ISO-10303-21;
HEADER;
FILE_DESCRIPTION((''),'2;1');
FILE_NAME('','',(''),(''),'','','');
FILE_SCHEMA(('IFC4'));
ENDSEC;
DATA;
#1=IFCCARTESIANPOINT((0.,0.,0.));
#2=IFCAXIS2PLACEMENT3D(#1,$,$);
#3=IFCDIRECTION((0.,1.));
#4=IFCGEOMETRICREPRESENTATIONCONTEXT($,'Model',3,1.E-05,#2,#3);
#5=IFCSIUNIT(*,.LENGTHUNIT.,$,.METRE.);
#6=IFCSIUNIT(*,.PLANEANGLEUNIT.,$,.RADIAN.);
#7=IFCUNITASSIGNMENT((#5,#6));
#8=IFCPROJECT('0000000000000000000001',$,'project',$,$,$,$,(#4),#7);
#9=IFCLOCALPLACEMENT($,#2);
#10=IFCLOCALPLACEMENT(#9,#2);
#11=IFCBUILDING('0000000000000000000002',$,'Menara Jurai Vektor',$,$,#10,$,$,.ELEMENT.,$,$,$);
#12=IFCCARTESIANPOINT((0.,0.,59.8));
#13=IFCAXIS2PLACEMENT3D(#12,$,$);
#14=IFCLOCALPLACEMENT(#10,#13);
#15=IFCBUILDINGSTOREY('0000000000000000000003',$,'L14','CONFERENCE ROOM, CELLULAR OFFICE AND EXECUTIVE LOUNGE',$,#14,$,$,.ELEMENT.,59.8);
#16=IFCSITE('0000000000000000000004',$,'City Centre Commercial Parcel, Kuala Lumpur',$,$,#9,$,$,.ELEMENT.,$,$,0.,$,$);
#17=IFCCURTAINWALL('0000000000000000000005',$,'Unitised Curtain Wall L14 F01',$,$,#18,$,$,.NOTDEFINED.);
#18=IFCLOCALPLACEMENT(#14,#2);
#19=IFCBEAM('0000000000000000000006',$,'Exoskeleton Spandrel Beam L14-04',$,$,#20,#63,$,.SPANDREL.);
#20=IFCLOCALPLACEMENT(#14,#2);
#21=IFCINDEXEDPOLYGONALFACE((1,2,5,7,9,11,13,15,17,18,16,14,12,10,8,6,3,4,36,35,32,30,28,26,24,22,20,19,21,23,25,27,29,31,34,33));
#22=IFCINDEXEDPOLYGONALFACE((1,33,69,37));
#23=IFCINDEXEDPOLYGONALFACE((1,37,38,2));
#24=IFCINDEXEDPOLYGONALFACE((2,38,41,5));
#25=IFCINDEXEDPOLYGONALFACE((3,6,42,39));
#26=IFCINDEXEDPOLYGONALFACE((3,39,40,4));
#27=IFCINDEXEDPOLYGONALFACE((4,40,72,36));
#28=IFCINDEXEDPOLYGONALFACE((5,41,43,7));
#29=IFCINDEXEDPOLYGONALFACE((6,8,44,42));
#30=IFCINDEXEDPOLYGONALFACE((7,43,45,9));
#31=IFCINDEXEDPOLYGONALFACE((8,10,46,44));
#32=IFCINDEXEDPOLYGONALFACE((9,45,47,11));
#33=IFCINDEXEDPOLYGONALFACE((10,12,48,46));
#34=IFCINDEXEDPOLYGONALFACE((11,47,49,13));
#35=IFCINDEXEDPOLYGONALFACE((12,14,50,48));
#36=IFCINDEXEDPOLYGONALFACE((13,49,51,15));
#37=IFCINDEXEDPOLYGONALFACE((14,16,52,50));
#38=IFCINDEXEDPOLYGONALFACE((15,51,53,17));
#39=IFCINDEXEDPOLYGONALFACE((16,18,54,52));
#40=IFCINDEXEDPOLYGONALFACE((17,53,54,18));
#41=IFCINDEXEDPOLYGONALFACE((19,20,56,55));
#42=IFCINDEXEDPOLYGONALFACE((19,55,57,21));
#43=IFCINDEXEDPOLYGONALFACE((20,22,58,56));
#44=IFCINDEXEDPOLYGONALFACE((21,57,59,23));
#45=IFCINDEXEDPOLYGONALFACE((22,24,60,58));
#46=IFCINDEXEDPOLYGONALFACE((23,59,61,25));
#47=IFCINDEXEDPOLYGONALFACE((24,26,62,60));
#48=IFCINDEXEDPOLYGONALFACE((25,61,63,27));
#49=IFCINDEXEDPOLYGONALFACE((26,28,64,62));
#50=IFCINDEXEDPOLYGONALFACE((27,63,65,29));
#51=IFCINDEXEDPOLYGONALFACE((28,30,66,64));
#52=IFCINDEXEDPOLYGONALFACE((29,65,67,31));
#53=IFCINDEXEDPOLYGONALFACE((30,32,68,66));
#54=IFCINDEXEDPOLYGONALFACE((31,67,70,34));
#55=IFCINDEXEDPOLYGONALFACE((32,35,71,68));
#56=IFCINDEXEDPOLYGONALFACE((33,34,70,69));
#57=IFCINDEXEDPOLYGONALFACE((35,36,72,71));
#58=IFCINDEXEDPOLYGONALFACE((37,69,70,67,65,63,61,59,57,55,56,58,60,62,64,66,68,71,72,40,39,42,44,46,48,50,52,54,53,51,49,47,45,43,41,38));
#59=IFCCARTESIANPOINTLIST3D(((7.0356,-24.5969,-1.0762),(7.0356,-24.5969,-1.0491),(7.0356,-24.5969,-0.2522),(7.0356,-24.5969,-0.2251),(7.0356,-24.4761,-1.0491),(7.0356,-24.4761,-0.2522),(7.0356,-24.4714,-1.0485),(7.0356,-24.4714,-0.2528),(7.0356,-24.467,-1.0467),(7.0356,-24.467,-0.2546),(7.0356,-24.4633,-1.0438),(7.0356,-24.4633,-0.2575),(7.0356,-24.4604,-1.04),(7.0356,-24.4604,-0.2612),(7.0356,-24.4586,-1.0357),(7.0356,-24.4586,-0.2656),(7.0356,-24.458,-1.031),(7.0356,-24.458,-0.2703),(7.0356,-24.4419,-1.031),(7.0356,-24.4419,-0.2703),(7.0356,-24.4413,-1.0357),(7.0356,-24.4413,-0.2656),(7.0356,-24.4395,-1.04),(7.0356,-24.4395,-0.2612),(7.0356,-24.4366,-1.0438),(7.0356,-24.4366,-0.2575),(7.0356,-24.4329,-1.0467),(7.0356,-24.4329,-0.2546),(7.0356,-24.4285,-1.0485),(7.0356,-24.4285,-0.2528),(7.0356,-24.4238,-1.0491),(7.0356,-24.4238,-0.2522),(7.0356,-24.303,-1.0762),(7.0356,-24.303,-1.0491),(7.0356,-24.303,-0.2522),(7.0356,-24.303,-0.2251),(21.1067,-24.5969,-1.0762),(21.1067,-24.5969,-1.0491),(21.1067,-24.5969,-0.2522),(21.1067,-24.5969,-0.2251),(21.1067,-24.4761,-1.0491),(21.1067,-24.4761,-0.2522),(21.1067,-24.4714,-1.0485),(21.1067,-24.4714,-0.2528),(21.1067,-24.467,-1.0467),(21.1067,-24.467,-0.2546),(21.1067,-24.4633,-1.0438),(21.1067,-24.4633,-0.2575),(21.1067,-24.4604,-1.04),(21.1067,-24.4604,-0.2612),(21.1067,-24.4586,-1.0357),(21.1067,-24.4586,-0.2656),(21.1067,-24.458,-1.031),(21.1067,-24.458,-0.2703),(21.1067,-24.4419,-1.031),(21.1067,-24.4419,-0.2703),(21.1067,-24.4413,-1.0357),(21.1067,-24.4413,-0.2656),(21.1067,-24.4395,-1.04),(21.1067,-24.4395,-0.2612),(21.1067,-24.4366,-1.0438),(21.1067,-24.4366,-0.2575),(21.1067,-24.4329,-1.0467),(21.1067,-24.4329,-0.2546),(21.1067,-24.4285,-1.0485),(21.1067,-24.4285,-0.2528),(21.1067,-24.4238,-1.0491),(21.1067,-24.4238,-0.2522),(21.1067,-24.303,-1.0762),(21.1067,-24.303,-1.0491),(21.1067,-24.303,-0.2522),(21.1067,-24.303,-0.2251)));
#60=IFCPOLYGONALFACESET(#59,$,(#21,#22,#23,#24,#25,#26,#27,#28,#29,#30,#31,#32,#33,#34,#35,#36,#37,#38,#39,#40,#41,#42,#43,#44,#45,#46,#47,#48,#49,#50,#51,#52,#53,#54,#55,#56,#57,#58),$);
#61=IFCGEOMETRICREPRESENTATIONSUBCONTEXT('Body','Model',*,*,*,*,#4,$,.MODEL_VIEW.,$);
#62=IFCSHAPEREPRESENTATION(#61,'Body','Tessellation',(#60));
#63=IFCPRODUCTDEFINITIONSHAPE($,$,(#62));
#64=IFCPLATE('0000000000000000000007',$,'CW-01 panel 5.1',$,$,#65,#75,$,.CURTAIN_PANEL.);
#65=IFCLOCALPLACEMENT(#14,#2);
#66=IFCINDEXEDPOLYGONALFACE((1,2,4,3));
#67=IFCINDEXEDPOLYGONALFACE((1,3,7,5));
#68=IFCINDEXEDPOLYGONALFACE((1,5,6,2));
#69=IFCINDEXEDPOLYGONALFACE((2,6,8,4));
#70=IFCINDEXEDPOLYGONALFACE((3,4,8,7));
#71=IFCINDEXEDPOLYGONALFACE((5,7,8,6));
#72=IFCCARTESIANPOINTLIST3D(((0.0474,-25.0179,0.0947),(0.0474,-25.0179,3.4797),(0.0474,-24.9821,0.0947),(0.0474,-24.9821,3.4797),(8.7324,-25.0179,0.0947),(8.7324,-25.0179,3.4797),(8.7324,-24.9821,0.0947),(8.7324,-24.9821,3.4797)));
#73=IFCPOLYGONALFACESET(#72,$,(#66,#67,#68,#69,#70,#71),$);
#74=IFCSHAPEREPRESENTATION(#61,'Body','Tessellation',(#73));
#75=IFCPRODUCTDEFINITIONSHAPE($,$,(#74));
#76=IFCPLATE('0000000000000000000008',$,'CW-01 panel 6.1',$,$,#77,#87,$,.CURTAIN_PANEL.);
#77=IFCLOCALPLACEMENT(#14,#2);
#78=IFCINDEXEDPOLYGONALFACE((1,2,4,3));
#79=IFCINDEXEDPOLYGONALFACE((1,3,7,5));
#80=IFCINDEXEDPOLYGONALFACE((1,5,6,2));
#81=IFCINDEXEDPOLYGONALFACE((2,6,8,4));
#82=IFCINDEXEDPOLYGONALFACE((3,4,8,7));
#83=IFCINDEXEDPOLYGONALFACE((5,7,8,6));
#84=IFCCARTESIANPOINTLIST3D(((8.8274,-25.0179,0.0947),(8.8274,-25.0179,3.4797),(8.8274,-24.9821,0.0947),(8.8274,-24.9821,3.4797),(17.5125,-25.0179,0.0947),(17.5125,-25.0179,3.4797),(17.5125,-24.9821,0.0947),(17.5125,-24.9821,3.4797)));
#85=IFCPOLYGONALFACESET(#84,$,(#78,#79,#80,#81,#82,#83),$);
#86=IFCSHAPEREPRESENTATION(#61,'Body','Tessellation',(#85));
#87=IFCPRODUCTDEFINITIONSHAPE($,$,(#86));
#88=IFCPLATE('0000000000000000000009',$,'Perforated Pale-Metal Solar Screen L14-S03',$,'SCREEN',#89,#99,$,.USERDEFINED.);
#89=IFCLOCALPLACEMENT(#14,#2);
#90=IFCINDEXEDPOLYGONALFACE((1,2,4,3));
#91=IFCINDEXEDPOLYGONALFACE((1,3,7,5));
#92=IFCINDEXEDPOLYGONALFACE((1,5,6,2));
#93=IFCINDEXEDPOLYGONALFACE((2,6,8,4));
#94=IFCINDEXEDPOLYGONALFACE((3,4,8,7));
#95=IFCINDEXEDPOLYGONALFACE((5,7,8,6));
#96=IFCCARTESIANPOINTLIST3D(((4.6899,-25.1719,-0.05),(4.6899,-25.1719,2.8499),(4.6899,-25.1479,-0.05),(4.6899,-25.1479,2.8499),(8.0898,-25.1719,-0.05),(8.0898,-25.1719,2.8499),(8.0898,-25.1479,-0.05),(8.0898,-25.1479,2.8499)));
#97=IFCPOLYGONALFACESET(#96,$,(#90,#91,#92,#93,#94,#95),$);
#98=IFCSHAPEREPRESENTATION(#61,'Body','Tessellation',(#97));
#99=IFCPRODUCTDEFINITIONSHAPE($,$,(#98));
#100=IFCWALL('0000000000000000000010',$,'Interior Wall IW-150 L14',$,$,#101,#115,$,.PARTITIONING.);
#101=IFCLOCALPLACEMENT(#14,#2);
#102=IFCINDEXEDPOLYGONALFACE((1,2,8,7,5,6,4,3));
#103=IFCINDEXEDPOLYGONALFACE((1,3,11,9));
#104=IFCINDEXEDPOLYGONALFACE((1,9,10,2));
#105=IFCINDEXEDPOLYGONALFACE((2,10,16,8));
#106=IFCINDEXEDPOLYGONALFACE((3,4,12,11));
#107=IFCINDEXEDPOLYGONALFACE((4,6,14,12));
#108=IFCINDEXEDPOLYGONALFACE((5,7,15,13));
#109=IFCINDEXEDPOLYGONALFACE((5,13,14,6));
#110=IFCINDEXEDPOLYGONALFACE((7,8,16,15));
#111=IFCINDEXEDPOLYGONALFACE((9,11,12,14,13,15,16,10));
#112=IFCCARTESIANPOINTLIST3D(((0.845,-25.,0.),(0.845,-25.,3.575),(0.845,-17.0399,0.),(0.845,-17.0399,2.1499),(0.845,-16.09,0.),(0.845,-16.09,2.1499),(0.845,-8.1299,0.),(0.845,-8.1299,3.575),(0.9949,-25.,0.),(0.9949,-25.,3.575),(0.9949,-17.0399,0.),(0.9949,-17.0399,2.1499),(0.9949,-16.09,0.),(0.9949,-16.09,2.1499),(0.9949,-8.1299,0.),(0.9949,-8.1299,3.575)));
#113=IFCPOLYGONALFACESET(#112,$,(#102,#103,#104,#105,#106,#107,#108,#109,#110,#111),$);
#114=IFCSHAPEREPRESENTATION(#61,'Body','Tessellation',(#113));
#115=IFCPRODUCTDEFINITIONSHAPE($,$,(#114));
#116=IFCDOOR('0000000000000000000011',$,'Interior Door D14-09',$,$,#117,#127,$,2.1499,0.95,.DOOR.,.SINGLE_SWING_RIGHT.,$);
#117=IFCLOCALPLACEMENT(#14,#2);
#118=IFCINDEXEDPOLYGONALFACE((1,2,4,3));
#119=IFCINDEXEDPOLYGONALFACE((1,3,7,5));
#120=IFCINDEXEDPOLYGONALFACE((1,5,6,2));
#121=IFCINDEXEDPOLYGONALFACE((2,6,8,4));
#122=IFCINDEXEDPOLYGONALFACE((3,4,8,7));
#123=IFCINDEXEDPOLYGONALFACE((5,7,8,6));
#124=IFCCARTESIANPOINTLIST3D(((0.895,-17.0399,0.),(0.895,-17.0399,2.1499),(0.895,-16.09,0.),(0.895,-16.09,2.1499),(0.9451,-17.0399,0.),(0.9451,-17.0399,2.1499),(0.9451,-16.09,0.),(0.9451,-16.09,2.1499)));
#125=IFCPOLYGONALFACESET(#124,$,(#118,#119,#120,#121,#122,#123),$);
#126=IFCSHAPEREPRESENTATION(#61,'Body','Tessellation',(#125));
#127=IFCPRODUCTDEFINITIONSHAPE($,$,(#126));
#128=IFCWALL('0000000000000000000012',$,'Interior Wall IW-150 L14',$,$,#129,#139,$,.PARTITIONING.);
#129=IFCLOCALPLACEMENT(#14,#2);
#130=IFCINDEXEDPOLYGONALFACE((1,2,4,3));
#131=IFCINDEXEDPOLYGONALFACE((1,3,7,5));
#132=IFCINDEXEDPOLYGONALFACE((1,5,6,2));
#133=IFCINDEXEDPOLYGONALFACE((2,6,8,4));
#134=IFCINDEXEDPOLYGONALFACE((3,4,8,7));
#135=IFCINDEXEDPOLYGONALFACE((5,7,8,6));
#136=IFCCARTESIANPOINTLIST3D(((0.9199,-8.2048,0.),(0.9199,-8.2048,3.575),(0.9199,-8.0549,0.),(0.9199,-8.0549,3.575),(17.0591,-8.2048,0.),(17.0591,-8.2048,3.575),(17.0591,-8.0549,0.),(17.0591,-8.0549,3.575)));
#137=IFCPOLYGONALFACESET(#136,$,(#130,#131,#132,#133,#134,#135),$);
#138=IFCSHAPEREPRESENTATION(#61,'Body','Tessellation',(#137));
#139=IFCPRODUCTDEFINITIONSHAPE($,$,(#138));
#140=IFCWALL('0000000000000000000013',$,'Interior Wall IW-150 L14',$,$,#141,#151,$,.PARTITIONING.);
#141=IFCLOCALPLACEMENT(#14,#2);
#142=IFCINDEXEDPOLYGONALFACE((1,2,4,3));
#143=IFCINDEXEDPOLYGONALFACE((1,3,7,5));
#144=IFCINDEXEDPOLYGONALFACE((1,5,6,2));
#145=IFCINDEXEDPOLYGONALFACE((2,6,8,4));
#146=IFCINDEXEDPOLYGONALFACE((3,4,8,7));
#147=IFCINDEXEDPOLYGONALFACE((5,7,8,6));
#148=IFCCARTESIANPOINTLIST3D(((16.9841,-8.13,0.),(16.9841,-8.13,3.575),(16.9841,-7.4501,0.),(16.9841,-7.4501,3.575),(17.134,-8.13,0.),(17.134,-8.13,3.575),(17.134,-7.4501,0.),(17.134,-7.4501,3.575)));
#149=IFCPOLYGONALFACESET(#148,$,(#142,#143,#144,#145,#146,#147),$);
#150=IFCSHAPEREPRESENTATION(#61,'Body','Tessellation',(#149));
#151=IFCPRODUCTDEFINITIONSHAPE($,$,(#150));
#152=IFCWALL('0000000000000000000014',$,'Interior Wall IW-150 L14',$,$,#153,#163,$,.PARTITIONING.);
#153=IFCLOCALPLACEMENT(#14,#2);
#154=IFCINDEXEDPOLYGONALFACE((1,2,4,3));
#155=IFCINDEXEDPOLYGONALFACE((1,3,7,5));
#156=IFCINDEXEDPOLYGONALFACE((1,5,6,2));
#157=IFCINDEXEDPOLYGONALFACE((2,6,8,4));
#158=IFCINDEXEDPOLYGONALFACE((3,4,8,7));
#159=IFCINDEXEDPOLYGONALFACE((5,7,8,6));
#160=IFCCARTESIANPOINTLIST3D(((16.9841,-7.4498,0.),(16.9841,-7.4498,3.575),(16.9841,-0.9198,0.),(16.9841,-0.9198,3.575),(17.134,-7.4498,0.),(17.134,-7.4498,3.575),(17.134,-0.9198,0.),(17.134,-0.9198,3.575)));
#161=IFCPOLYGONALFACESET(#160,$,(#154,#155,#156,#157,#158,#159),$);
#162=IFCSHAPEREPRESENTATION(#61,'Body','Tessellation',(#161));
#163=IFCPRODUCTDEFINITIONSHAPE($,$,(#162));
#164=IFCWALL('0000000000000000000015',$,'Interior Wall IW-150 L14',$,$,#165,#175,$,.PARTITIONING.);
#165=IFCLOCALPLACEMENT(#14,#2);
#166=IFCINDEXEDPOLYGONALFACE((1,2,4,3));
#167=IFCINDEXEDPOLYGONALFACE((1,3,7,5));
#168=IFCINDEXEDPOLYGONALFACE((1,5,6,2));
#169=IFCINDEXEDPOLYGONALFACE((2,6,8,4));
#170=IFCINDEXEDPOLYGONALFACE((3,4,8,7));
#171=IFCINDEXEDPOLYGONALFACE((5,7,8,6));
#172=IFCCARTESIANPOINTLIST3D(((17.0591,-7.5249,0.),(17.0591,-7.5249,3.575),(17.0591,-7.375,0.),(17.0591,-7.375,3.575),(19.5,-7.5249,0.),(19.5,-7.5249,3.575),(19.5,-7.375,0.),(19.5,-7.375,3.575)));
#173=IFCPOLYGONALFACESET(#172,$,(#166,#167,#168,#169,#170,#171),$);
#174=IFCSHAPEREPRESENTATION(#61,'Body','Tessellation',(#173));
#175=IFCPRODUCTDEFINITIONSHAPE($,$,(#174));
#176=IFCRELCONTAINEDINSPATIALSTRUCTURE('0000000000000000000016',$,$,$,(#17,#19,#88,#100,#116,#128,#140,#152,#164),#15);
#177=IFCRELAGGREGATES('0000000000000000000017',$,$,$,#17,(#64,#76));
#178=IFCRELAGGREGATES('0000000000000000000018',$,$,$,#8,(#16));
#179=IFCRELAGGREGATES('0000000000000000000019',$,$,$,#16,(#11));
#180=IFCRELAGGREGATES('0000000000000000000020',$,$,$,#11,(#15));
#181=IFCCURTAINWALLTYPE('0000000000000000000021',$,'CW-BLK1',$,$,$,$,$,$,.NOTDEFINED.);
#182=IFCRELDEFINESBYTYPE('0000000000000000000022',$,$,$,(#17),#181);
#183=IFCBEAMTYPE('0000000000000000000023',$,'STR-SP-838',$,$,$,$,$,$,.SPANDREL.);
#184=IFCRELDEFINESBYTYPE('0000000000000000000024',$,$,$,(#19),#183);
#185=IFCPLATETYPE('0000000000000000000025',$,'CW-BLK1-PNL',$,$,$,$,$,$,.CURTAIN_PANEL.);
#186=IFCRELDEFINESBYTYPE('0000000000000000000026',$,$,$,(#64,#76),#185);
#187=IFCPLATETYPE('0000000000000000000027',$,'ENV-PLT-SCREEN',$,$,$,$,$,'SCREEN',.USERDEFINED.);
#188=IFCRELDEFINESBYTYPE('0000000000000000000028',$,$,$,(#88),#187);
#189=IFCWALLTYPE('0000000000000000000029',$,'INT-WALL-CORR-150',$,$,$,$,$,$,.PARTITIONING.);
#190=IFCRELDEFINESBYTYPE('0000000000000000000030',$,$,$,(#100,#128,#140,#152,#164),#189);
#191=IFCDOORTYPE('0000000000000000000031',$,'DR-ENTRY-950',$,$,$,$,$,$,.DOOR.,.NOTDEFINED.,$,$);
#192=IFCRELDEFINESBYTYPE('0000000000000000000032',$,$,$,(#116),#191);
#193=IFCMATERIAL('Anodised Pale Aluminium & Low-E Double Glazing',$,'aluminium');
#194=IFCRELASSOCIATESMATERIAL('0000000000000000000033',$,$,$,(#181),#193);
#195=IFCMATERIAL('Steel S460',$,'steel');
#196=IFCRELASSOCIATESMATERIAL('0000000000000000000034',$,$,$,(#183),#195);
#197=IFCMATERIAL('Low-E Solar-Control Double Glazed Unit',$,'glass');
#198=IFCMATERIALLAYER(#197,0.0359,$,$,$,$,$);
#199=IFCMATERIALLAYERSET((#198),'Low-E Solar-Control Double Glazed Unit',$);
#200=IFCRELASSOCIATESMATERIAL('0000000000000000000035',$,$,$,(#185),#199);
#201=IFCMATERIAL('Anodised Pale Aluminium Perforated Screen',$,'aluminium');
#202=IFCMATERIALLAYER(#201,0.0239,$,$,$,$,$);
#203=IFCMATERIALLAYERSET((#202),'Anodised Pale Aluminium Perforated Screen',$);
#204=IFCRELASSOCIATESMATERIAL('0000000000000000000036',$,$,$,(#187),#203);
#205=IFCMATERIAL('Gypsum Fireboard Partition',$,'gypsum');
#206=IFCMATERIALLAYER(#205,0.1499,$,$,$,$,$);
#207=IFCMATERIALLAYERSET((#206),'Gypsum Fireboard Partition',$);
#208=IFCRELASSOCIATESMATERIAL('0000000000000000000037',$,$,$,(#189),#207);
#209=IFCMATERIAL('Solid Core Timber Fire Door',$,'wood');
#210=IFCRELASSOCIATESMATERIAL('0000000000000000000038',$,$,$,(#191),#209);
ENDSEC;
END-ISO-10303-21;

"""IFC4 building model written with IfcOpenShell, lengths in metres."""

from ifc_helpers import new_model, si_unit, direction, frame, frame_2d, origin, origin_2d, place, context, subcontext, project, spatial, rectangle, i_section, extrude, material, layer, layer_set, material_profile, profile_set, type_object, element, fill, aggregate, save


model = new_model("IFC4")

# Units and contexts
model_context = context("Model", 3, precision=1e-05, world=origin(), true_north=direction((0.0, 1.0)))
body_context = subcontext(model_context, "Body", "Model", "MODEL_VIEW")
ifc_project = project(units=[si_unit("LENGTHUNIT", "METRE"), si_unit("PLANEANGLEUNIT", "RADIAN")], contexts=[model_context])

# Site, building, storey
site_placement = place(None, origin())
site = spatial("IfcSite", under=ifc_project, at=site_placement, Name="City Centre Commercial Parcel, Kuala Lumpur", CompositionType="ELEMENT", RefElevation=0.0)
building_placement = place(site_placement, origin())
building = spatial("IfcBuilding", under=site, at=building_placement, Name="Menara Jurai Vektor", CompositionType="ELEMENT")
storey_placement = place(building_placement, frame((0.0, 0.0, 59.8)))
storey = spatial("IfcBuildingStorey", under=building, at=storey_placement, Name="L14", Description="CONFERENCE ROOM, CELLULAR OFFICE AND EXECUTIVE LOUNGE", CompositionType="ELEMENT", Elevation=59.8)

# Shared definitions
ifc_material_1 = material(Name="Steel S460", Category="steel")

# Curtain wall
ifc_material_2 = material(Name="Anodised Pale Aluminium & Low-E Double Glazing", Category="aluminium")
curtain_wall_type = type_object("IfcCurtainWallType", Name="CW-BLK1", PredefinedType="NOTDEFINED", material=ifc_material_2)
curtain_wall_placement = place(storey_placement, origin())
curtain_wall = element("IfcCurtainWall", 1, at=curtain_wall_placement, inside=storey, type_object=curtain_wall_type, Name="Unitised Curtain Wall L14 F01", PredefinedType="NOTDEFINED")

# Beam
ifc_material_profile_1 = material_profile(ifc_material_1, i_section(OverallWidth=0.2939, OverallDepth=0.8511, WebThickness=0.0161, FlangeThickness=0.0271, FilletRadius=0.0181, at=origin_2d()), Name="UKB 838x292x226")
ifc_profile_set_1 = profile_set([ifc_material_profile_1], Name="Steel S460")
beam_type_1 = type_object("IfcBeamType", Name="STR-SP-838", PredefinedType="SPANDREL", material=ifc_profile_set_1)
beam_1_placement = place(storey_placement, frame((7.0356, -24.45, -0.6506), z_axis=(1.0, 0.0, 0.0), x_axis=(0.0, 1.0, 0.0)))
element("IfcBeam", 2, at=beam_1_placement, inside=storey, type_object=beam_type_1, Name="Exoskeleton Spandrel Beam L14-04", PredefinedType="SPANDREL", context=body_context, shape_type="SweptSolid", body=[
    extrude(i_section(OverallWidth=0.2939, OverallDepth=0.8511, WebThickness=0.0161, FlangeThickness=0.0271, FilletRadius=0.0181, at=origin_2d()), origin(), (0.0, 0.0, 1.0), 14.071),
])

# Plates
ifc_material_3 = material(Name="Low-E Solar-Control Double Glazed Unit", Category="glass")
ifc_layer_1 = layer(ifc_material_3, 0.0359)
ifc_layer_set_1 = layer_set([ifc_layer_1], Name="Low-E Solar-Control Double Glazed Unit")
plate_type_1 = type_object("IfcPlateType", Name="CW-BLK1-PNL", PredefinedType="CURTAIN_PANEL", material=ifc_layer_set_1)
plate_1_placement = place(storey_placement, frame((4.3899, -25.0, 0.0947), z_axis=(0.0, 0.0, 1.0), x_axis=(1.0, 0.0, 0.0)))
plate_1 = element("IfcPlate", 3, at=plate_1_placement, type_object=plate_type_1, Name="CW-01 panel 5.1", PredefinedType="CURTAIN_PANEL", context=body_context, shape_type="SweptSolid", body=[
    extrude(rectangle(XDim=8.6851, YDim=0.0359, at=origin_2d()), origin(), (0.0, 0.0, 1.0), 3.385),
])
plate_2_placement = place(storey_placement, frame((13.1699, -25.0, 0.0947), z_axis=(0.0, 0.0, 1.0), x_axis=(1.0, 0.0, 0.0)))
plate_2 = element("IfcPlate", 4, at=plate_2_placement, type_object=plate_type_1, Name="CW-01 panel 6.1", PredefinedType="CURTAIN_PANEL", context=body_context, shape_type="SweptSolid", body=[
    extrude(rectangle(XDim=8.6851, YDim=0.0359, at=origin_2d()), origin(), (0.0, 0.0, 1.0), 3.385),
])
aggregate(curtain_wall, [plate_1, plate_2])
ifc_material_4 = material(Name="Anodised Pale Aluminium Perforated Screen", Category="aluminium")
ifc_layer_2 = layer(ifc_material_4, 0.0239)
ifc_layer_set_2 = layer_set([ifc_layer_2], Name="Anodised Pale Aluminium Perforated Screen")
plate_type_2 = type_object("IfcPlateType", Name="ENV-PLT-SCREEN", ElementType="SCREEN", PredefinedType="USERDEFINED", material=ifc_layer_set_2)
plate_3_placement = place(storey_placement, frame((6.3899, -25.1599, -0.05), z_axis=(0.0, 0.0, 1.0), x_axis=(1.0, 0.0, 0.0)))
element("IfcPlate", 5, at=plate_3_placement, inside=storey, type_object=plate_type_2, Name="Perforated Pale-Metal Solar Screen L14-S03", ObjectType="SCREEN", PredefinedType="USERDEFINED", context=body_context, shape_type="SweptSolid", body=[
    extrude(rectangle(XDim=3.3999, YDim=0.0239, at=origin_2d()), origin(), (0.0, 0.0, 1.0), 2.8999),
])

# Wall, opening, door
ifc_material_5 = material(Name="Gypsum Fireboard Partition", Category="gypsum")
ifc_layer_3 = layer(ifc_material_5, 0.1499)
ifc_layer_set_3 = layer_set([ifc_layer_3], Name="Gypsum Fireboard Partition")
wall_type_1 = type_object("IfcWallType", Name="INT-WALL-CORR-150", PredefinedType="PARTITIONING", material=ifc_layer_set_3)
wall_1_placement = place(storey_placement, frame((0.9199, -25.0, 0.0), z_axis=(0.0, 0.0, 1.0), x_axis=(0.0, 1.0, 0.0)))
wall_1 = element("IfcWall", 6, at=wall_1_placement, inside=storey, type_object=wall_type_1, Name="Interior Wall IW-150 L14", PredefinedType="PARTITIONING", context=body_context, shape_type="SweptSolid", body=[
    extrude(rectangle(XDim=16.8701, YDim=0.1499, at=frame_2d((8.4351, 0.0))), origin(), (0.0, 0.0, 1.0), 3.575),
])
opening_placement = place(wall_1_placement, frame((7.96, 0.0, 0.0)))
opening = element("IfcOpeningElement", 7, at=opening_placement, cuts=wall_1, PredefinedType="OPENING", context=body_context, shape_type="SweptSolid", body=[
    extrude(rectangle(XDim=0.95, YDim=2.1499, at=frame_2d((0.4751, 1.075))), frame((0.0, 0.085, 0.0), z_axis=(0.0, -1.0, 0.0), x_axis=(1.0, 0.0, 0.0)), (0.0, 0.0, 1.0), 0.1699),
])
ifc_material_6 = material(Name="Solid Core Timber Fire Door", Category="wood")
door_type = type_object("IfcDoorType", Name="DR-ENTRY-950", OperationType="NOTDEFINED", PredefinedType="DOOR", material=ifc_material_6)
door_placement = place(opening_placement, origin())
door = element("IfcDoor", 8, at=door_placement, inside=storey, type_object=door_type, Name="Interior Door D14-09", OperationType="SINGLE_SWING_RIGHT", OverallHeight=2.1499, OverallWidth=0.95, PredefinedType="DOOR", context=body_context, shape_type="SweptSolid", body=[
    extrude(rectangle(XDim=0.95, YDim=2.1499, at=frame_2d((0.4751, 1.075))), frame((0.0, 0.0249, 0.0), z_axis=(0.0, -1.0, 0.0), x_axis=(1.0, 0.0, 0.0)), (0.0, 0.0, 1.0), 0.05),
])
fill(opening, door)

# Walls
wall_2_placement = place(storey_placement, frame((0.9199, -8.1299, 0.0), z_axis=(0.0, 0.0, 1.0), x_axis=(1.0, 0.0, 0.0)))
element("IfcWall", 9, at=wall_2_placement, inside=storey, type_object=wall_type_1, Name="Interior Wall IW-150 L14", PredefinedType="PARTITIONING", context=body_context, shape_type="SweptSolid", body=[
    extrude(rectangle(XDim=16.1392, YDim=0.1499, at=frame_2d((8.0696, 0.0))), origin(), (0.0, 0.0, 1.0), 3.575),
])
wall_3_placement = place(storey_placement, frame((17.0591, -8.1299, 0.0), z_axis=(0.0, 0.0, 1.0), x_axis=(0.0, 1.0, 0.0)))
element("IfcWall", 10, at=wall_3_placement, inside=storey, type_object=wall_type_1, Name="Interior Wall IW-150 L14", PredefinedType="PARTITIONING", context=body_context, shape_type="SweptSolid", body=[
    extrude(rectangle(XDim=0.6799, YDim=0.1499, at=frame_2d((0.3398, 0.0))), origin(), (0.0, 0.0, 1.0), 3.575),
])
wall_4_placement = place(storey_placement, frame((17.0591, -7.45, 0.0), z_axis=(0.0, 0.0, 1.0), x_axis=(0.0, 1.0, 0.0)))
element("IfcWall", 11, at=wall_4_placement, inside=storey, type_object=wall_type_1, Name="Interior Wall IW-150 L14", PredefinedType="PARTITIONING", context=body_context, shape_type="SweptSolid", body=[
    extrude(rectangle(XDim=6.53, YDim=0.1499, at=frame_2d((3.2651, 0.0))), origin(), (0.0, 0.0, 1.0), 3.575),
])
wall_5_placement = place(storey_placement, frame((17.0591, -7.45, 0.0), z_axis=(0.0, 0.0, 1.0), x_axis=(1.0, 0.0, 0.0)))
element("IfcWall", 12, at=wall_5_placement, inside=storey, type_object=wall_type_1, Name="Interior Wall IW-150 L14", PredefinedType="PARTITIONING", context=body_context, shape_type="SweptSolid", body=[
    extrude(rectangle(XDim=2.4409, YDim=0.1499, at=frame_2d((1.2205, 0.0))), origin(), (0.0, 0.0, 1.0), 3.575),
])

save(model, "model.ifc")
